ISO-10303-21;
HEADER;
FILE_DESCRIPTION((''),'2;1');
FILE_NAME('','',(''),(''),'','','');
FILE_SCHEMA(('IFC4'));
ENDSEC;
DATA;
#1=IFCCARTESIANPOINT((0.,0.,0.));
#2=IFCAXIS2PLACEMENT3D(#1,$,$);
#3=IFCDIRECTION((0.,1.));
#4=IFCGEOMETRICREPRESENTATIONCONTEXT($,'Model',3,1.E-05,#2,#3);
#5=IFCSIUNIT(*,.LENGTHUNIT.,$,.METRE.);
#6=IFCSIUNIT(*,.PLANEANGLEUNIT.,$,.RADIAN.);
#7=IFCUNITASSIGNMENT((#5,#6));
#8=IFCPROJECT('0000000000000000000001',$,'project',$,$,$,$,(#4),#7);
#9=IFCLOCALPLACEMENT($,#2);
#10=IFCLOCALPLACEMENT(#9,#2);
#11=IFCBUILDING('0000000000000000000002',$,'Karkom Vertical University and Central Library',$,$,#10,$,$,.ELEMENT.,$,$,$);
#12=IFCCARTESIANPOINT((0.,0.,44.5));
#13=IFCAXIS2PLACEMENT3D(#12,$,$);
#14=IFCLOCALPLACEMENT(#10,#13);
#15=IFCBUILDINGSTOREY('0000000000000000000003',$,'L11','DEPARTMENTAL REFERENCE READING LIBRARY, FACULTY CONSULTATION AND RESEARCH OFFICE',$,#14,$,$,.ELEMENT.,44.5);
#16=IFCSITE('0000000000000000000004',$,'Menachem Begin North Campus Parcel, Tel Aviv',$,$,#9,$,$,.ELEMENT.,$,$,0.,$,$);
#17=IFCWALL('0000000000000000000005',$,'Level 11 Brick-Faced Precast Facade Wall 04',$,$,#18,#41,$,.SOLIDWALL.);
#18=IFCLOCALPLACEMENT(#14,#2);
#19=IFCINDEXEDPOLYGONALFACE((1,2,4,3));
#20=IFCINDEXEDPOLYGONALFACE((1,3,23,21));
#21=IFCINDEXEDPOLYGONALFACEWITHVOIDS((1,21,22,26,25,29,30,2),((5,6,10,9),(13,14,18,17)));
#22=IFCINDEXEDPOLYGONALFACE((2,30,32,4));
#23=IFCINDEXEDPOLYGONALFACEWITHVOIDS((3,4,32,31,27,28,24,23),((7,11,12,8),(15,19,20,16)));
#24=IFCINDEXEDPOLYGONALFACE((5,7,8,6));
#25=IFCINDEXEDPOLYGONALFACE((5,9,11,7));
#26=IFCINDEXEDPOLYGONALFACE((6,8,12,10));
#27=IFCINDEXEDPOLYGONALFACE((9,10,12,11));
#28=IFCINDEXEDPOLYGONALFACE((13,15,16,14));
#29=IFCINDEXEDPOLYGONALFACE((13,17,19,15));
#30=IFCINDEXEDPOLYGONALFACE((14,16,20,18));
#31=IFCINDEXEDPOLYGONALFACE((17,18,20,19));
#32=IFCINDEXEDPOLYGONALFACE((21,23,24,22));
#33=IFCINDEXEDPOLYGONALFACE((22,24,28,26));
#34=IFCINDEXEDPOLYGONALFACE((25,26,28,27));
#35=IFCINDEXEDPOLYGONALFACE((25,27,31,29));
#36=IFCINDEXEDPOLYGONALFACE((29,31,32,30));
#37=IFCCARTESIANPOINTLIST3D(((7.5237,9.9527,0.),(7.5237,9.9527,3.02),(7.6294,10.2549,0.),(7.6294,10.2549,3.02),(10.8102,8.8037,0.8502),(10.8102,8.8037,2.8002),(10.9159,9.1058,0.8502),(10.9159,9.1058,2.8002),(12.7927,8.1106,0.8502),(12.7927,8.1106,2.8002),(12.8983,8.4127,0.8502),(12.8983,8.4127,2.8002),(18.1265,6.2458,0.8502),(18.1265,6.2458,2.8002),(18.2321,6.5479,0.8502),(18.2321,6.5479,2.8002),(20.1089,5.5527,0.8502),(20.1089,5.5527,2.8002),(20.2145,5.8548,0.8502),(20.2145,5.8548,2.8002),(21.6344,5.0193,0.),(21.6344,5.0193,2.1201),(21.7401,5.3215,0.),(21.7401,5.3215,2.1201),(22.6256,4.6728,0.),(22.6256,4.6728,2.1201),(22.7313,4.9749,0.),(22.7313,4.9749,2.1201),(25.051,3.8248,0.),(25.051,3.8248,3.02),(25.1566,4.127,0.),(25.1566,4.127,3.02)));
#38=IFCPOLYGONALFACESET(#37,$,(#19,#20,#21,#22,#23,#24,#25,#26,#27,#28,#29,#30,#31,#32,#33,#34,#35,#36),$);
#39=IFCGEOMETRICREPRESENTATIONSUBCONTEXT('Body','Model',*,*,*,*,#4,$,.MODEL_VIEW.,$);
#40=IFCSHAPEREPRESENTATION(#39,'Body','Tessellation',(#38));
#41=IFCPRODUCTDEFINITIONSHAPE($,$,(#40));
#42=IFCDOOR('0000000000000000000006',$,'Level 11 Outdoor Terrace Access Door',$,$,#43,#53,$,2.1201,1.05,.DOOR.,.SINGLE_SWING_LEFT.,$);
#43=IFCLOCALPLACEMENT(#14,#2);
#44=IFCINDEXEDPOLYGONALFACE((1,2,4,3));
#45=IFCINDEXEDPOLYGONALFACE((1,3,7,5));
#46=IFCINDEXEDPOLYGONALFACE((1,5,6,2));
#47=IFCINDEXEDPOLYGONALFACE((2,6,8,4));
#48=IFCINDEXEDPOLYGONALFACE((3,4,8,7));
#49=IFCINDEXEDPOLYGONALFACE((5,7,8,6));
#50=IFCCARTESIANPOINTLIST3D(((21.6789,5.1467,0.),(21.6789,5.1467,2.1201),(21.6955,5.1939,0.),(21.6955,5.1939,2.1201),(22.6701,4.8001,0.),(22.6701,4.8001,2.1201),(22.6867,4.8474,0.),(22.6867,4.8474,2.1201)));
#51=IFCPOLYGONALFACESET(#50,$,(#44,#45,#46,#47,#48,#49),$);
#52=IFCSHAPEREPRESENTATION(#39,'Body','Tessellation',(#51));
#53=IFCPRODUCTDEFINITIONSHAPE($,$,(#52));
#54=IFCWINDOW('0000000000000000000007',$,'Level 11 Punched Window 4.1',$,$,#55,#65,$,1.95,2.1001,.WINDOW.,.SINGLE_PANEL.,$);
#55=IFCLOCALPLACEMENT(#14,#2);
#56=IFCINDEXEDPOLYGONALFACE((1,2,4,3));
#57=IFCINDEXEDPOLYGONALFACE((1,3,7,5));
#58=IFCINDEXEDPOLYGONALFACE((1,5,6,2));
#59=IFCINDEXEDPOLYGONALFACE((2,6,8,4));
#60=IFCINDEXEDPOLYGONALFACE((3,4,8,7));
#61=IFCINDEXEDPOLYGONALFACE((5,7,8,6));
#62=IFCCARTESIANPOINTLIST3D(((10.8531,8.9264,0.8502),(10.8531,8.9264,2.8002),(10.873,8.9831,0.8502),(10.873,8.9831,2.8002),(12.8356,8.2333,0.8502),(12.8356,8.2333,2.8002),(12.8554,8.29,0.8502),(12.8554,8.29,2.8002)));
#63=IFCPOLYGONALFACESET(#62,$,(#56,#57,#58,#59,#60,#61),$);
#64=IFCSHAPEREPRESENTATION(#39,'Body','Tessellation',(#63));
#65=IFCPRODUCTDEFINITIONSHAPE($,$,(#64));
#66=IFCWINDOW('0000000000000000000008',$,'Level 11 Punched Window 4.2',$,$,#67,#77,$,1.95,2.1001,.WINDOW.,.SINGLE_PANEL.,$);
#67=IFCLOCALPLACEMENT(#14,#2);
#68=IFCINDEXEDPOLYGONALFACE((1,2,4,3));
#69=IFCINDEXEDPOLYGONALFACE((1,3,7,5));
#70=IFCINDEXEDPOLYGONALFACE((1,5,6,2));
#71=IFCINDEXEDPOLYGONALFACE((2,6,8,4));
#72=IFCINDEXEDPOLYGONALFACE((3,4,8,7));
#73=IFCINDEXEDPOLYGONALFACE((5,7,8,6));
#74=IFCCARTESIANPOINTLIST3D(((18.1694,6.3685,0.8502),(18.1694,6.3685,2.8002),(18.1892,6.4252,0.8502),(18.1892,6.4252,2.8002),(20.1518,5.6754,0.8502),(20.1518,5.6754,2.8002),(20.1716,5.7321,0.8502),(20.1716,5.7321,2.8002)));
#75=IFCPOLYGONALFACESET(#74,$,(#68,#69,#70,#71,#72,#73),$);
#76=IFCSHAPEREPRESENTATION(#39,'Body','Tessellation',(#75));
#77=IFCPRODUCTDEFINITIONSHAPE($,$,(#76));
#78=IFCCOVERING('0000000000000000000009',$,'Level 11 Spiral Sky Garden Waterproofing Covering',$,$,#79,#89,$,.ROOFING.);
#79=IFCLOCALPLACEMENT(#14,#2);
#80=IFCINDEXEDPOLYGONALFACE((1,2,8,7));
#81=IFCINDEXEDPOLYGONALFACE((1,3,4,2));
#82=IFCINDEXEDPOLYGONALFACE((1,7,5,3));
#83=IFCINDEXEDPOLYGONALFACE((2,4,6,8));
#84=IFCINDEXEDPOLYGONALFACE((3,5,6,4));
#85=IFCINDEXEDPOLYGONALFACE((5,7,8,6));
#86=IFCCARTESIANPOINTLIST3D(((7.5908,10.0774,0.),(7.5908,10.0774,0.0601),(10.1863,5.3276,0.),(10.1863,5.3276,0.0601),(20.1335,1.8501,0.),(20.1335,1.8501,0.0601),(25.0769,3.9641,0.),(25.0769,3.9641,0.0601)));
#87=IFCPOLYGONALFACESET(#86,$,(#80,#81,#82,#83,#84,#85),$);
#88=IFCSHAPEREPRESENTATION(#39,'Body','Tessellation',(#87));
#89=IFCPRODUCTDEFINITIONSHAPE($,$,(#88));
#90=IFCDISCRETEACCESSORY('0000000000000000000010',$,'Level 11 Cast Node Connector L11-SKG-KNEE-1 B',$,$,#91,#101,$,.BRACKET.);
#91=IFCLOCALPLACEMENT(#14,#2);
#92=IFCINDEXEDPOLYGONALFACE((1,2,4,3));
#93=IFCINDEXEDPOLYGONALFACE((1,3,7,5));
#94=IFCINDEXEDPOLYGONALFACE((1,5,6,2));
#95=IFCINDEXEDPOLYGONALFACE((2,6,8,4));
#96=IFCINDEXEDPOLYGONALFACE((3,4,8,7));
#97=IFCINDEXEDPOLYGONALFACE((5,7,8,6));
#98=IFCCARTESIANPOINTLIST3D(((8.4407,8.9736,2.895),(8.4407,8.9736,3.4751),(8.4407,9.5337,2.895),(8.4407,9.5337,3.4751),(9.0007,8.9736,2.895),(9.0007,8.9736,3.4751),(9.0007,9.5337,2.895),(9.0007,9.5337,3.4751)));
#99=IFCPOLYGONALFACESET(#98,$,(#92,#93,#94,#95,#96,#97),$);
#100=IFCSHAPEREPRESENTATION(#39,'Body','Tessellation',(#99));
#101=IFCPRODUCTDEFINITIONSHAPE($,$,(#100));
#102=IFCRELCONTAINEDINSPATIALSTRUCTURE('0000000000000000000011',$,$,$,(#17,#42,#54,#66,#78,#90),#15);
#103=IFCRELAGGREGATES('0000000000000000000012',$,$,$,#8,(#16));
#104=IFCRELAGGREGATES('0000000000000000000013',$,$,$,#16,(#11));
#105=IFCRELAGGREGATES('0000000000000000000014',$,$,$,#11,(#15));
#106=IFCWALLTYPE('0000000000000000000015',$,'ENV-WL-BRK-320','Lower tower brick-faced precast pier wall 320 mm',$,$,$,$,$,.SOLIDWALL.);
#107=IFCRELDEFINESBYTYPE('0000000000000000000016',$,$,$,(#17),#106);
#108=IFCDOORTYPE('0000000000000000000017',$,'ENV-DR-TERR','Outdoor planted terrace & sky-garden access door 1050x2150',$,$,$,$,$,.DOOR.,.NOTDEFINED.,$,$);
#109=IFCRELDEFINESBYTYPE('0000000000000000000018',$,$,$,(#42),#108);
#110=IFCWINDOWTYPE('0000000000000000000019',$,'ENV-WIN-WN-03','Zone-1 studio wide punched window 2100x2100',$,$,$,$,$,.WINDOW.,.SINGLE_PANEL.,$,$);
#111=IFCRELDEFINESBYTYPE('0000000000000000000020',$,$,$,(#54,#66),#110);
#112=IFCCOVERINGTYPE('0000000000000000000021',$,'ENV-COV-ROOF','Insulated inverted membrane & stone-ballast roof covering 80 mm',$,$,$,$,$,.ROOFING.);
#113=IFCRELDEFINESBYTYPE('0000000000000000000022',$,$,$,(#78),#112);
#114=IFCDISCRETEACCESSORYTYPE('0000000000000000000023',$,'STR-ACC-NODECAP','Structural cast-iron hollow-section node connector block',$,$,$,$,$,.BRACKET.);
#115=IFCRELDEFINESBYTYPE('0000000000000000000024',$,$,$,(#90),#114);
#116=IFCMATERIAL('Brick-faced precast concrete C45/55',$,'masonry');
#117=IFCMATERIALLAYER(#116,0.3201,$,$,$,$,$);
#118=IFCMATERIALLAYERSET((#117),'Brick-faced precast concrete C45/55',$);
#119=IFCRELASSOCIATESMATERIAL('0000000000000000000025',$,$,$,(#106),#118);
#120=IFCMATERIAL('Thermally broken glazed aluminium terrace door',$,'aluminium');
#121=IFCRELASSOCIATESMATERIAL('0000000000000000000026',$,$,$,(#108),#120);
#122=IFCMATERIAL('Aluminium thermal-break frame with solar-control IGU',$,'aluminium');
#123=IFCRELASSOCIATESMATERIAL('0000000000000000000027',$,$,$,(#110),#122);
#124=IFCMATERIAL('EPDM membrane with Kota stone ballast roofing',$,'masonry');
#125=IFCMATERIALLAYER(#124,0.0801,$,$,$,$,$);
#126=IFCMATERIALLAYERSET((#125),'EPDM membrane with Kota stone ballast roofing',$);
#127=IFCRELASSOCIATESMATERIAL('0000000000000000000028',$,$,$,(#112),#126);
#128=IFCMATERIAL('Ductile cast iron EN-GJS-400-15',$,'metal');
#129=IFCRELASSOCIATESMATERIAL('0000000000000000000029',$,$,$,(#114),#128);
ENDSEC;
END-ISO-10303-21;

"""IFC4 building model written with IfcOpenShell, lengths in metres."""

from ifc_helpers import new_model, si_unit, direction, frame, frame_2d, origin, origin_with_axes, origin_2d, place, context, subcontext, project, spatial, polyline, rectangle, outline, extrude, source, transform, mapped, material, layer, layer_set, type_object, element, fill, save


model = new_model("IFC4")

# Units and contexts
model_context = context("Model", 3, precision=1e-05, world=origin(), true_north=direction((0.0, 1.0)))
body_context = subcontext(model_context, "Body", "Model", "MODEL_VIEW")
ifc_project = project(units=[si_unit("LENGTHUNIT", "METRE"), si_unit("PLANEANGLEUNIT", "RADIAN")], contexts=[model_context])

# Site, building, storey
site_placement = place(None, origin())
site = spatial("IfcSite", under=ifc_project, at=site_placement, Name="Menachem Begin North Campus Parcel, Tel Aviv", CompositionType="ELEMENT", RefElevation=0.0)
building_placement = place(site_placement, origin())
building = spatial("IfcBuilding", under=site, at=building_placement, Name="Karkom Vertical University and Central Library", CompositionType="ELEMENT")
storey_placement = place(building_placement, frame((0.0, 0.0, 44.5)))
storey = spatial("IfcBuildingStorey", under=building, at=storey_placement, Name="L11", Description="DEPARTMENTAL REFERENCE READING LIBRARY, FACULTY CONSULTATION AND RESEARCH OFFICE", CompositionType="ELEMENT", Elevation=44.5)

# Wall, openings, door, windows
ifc_material_1 = material(Name="Brick-faced precast concrete C45/55", Category="masonry")
ifc_layer_1 = layer(ifc_material_1, 0.3201)
ifc_layer_set_1 = layer_set([ifc_layer_1], Name="Brick-faced precast concrete C45/55")
wall_type = type_object("IfcWallType", Name="ENV-WL-BRK-320", Description="Lower tower brick-faced precast pier wall 320 mm", PredefinedType="SOLIDWALL", material=ifc_layer_set_1)
wall_placement = place(storey_placement, frame((7.5767, 10.1038, 0.0), z_axis=(0.0, 0.0, 1.0), x_axis=(0.94397, -0.330032, 0.0)))
wall = element("IfcWall", 1, at=wall_placement, inside=storey, type_object=wall_type, Name="Level 11 Brick-Faced Precast Facade Wall 04", PredefinedType="SOLIDWALL", context=body_context, shape_type="SweptSolid", body=[
    extrude(rectangle(XDim=18.5676, YDim=0.3201, at=frame_2d((9.2837, 0.0))), origin(), (0.0, 0.0, 1.0), 3.02),
])
opening_1_placement = place(wall_placement, frame((3.4814, 0.0, 0.8501)))
opening_1 = element("IfcOpeningElement", 2, at=opening_1_placement, cuts=wall, PredefinedType="OPENING", context=body_context, shape_type="SweptSolid", body=[
    extrude(rectangle(XDim=2.1001, YDim=1.95, at=frame_2d((1.05, 0.9751))), frame((0.0, 0.1699, 0.0), z_axis=(0.0, -1.0, 0.0), x_axis=(1.0, 0.0, 0.0)), (0.0, 0.0, 1.0), 0.3401),
])
opening_2_placement = place(wall_placement, frame((11.2319, 0.0, 0.8501)))
opening_2 = element("IfcOpeningElement", 3, at=opening_2_placement, cuts=wall, PredefinedType="OPENING", context=body_context, shape_type="SweptSolid", body=[
    extrude(rectangle(XDim=2.1001, YDim=1.95, at=frame_2d((1.05, 0.9751))), frame((0.0, 0.1699, 0.0), z_axis=(0.0, -1.0, 0.0), x_axis=(1.0, 0.0, 0.0)), (0.0, 0.0, 1.0), 0.3401),
])
opening_3_placement = place(wall_placement, frame((14.9482, 0.0, 0.0)))
opening_3 = element("IfcOpeningElement", 4, at=opening_3_placement, cuts=wall, PredefinedType="OPENING", context=body_context, shape_type="SweptSolid", body=[
    extrude(rectangle(XDim=1.05, YDim=2.1201, at=frame_2d((0.5249, 1.0601))), frame((0.0, 0.1699, 0.0), z_axis=(0.0, -1.0, 0.0), x_axis=(1.0, 0.0, 0.0)), (0.0, 0.0, 1.0), 0.3401),
])
ifc_material_2 = material(Name="Thermally broken glazed aluminium terrace door", Category="aluminium")
door_type = type_object("IfcDoorType", Name="ENV-DR-TERR", Description="Outdoor planted terrace & sky-garden access door 1050x2150", OperationType="NOTDEFINED", PredefinedType="DOOR", material=ifc_material_2)
shared_shape_1 = source(origin_with_axes(), body_context, "Body", "SweptSolid", [
    extrude(rectangle(XDim=1.05, YDim=2.1201, at=frame_2d((0.5249, 1.0601))), frame((0.0, 0.0249, 0.0), z_axis=(0.0, -1.0, 0.0), x_axis=(1.0, 0.0, 0.0)), (0.0, 0.0, 1.0), 0.05),
])
door_placement = place(opening_3_placement, origin())
door = element("IfcDoor", 5, at=door_placement, inside=storey, type_object=door_type, Name="Level 11 Outdoor Terrace Access Door", OperationType="SINGLE_SWING_LEFT", OverallHeight=2.1201, OverallWidth=1.05, PredefinedType="DOOR", context=body_context, shape_type="MappedRepresentation", body=[
    mapped(shared_shape_1, transform((0.0, 0.0, 0.0), scale=1.0)),
])
fill(opening_3, door)
ifc_material_3 = material(Name="Aluminium thermal-break frame with solar-control IGU", Category="aluminium")
window_type = type_object("IfcWindowType", Name="ENV-WIN-WN-03", Description="Zone-1 studio wide punched window 2100x2100", PartitioningType="SINGLE_PANEL", PredefinedType="WINDOW", material=ifc_material_3)
shared_shape_2 = source(origin_with_axes(), body_context, "Body", "SweptSolid", [
    extrude(rectangle(XDim=2.1001, YDim=1.95, at=frame_2d((1.05, 0.9751))), frame((0.0, 0.03, 0.0), z_axis=(0.0, -1.0, 0.0), x_axis=(1.0, 0.0, 0.0)), (0.0, 0.0, 1.0), 0.0601),
])
window_1_placement = place(opening_1_placement, origin())
window_1 = element("IfcWindow", 6, at=window_1_placement, inside=storey, type_object=window_type, Name="Level 11 Punched Window 4.1", OverallHeight=1.95, OverallWidth=2.1001, PartitioningType="SINGLE_PANEL", PredefinedType="WINDOW", context=body_context, shape_type="MappedRepresentation", body=[
    mapped(shared_shape_2, transform((0.0, 0.0, 0.0), scale=1.0)),
])
fill(opening_1, window_1)
window_2_placement = place(opening_2_placement, origin())
window_2 = element("IfcWindow", 7, at=window_2_placement, inside=storey, type_object=window_type, Name="Level 11 Punched Window 4.2", OverallHeight=1.95, OverallWidth=2.1001, PartitioningType="SINGLE_PANEL", PredefinedType="WINDOW", context=body_context, shape_type="MappedRepresentation", body=[
    mapped(shared_shape_2, transform((0.0, 0.0, 0.0), scale=1.0)),
])
fill(opening_2, window_2)

# Covering
ifc_material_4 = material(Name="EPDM membrane with Kota stone ballast roofing", Category="masonry")
ifc_layer_2 = layer(ifc_material_4, 0.0801)
ifc_layer_set_2 = layer_set([ifc_layer_2], Name="EPDM membrane with Kota stone ballast roofing")
covering_type = type_object("IfcCoveringType", Name="ENV-COV-ROOF", Description="Insulated inverted membrane & stone-ballast roof covering 80 mm", PredefinedType="ROOFING", material=ifc_layer_set_2)
covering_placement = place(storey_placement, origin())
element("IfcCovering", 8, at=covering_placement, inside=storey, type_object=covering_type, Name="Level 11 Spiral Sky Garden Waterproofing Covering", PredefinedType="ROOFING", context=body_context, shape_type="SweptSolid", body=[
    extrude(outline(polyline([(20.1335, 1.8501), (10.1863, 5.3276), (7.5908, 10.0774), (25.0769, 3.9641), (20.1335, 1.8501)])), origin(), (0.0, 0.0, 1.0), 0.0601),
])

# Discrete accessory
ifc_material_5 = material(Name="Ductile cast iron EN-GJS-400-15", Category="metal")
discrete_accessory_type = type_object("IfcDiscreteAccessoryType", Name="STR-ACC-NODECAP", Description="Structural cast-iron hollow-section node connector block", PredefinedType="BRACKET", material=ifc_material_5)
shared_shape_3 = source(origin_with_axes(), body_context, "Body", "SweptSolid", [
    extrude(rectangle(XDim=0.5601, YDim=0.5601, at=origin_2d()), origin(), (0.0, 0.0, 1.0), 0.5801),
])
discrete_accessory_placement = place(storey_placement, frame((8.7207, 9.2537, 2.895), z_axis=(0.0, 0.0, 1.0), x_axis=(1.0, 0.0, 0.0)))
element("IfcDiscreteAccessory", 9, at=discrete_accessory_placement, inside=storey, type_object=discrete_accessory_type, Name="Level 11 Cast Node Connector L11-SKG-KNEE-1 B", PredefinedType="BRACKET", context=body_context, shape_type="MappedRepresentation", body=[
    mapped(shared_shape_3, transform((0.0, 0.0, 0.0), scale=1.0)),
])

save(model, "model.ifc")
